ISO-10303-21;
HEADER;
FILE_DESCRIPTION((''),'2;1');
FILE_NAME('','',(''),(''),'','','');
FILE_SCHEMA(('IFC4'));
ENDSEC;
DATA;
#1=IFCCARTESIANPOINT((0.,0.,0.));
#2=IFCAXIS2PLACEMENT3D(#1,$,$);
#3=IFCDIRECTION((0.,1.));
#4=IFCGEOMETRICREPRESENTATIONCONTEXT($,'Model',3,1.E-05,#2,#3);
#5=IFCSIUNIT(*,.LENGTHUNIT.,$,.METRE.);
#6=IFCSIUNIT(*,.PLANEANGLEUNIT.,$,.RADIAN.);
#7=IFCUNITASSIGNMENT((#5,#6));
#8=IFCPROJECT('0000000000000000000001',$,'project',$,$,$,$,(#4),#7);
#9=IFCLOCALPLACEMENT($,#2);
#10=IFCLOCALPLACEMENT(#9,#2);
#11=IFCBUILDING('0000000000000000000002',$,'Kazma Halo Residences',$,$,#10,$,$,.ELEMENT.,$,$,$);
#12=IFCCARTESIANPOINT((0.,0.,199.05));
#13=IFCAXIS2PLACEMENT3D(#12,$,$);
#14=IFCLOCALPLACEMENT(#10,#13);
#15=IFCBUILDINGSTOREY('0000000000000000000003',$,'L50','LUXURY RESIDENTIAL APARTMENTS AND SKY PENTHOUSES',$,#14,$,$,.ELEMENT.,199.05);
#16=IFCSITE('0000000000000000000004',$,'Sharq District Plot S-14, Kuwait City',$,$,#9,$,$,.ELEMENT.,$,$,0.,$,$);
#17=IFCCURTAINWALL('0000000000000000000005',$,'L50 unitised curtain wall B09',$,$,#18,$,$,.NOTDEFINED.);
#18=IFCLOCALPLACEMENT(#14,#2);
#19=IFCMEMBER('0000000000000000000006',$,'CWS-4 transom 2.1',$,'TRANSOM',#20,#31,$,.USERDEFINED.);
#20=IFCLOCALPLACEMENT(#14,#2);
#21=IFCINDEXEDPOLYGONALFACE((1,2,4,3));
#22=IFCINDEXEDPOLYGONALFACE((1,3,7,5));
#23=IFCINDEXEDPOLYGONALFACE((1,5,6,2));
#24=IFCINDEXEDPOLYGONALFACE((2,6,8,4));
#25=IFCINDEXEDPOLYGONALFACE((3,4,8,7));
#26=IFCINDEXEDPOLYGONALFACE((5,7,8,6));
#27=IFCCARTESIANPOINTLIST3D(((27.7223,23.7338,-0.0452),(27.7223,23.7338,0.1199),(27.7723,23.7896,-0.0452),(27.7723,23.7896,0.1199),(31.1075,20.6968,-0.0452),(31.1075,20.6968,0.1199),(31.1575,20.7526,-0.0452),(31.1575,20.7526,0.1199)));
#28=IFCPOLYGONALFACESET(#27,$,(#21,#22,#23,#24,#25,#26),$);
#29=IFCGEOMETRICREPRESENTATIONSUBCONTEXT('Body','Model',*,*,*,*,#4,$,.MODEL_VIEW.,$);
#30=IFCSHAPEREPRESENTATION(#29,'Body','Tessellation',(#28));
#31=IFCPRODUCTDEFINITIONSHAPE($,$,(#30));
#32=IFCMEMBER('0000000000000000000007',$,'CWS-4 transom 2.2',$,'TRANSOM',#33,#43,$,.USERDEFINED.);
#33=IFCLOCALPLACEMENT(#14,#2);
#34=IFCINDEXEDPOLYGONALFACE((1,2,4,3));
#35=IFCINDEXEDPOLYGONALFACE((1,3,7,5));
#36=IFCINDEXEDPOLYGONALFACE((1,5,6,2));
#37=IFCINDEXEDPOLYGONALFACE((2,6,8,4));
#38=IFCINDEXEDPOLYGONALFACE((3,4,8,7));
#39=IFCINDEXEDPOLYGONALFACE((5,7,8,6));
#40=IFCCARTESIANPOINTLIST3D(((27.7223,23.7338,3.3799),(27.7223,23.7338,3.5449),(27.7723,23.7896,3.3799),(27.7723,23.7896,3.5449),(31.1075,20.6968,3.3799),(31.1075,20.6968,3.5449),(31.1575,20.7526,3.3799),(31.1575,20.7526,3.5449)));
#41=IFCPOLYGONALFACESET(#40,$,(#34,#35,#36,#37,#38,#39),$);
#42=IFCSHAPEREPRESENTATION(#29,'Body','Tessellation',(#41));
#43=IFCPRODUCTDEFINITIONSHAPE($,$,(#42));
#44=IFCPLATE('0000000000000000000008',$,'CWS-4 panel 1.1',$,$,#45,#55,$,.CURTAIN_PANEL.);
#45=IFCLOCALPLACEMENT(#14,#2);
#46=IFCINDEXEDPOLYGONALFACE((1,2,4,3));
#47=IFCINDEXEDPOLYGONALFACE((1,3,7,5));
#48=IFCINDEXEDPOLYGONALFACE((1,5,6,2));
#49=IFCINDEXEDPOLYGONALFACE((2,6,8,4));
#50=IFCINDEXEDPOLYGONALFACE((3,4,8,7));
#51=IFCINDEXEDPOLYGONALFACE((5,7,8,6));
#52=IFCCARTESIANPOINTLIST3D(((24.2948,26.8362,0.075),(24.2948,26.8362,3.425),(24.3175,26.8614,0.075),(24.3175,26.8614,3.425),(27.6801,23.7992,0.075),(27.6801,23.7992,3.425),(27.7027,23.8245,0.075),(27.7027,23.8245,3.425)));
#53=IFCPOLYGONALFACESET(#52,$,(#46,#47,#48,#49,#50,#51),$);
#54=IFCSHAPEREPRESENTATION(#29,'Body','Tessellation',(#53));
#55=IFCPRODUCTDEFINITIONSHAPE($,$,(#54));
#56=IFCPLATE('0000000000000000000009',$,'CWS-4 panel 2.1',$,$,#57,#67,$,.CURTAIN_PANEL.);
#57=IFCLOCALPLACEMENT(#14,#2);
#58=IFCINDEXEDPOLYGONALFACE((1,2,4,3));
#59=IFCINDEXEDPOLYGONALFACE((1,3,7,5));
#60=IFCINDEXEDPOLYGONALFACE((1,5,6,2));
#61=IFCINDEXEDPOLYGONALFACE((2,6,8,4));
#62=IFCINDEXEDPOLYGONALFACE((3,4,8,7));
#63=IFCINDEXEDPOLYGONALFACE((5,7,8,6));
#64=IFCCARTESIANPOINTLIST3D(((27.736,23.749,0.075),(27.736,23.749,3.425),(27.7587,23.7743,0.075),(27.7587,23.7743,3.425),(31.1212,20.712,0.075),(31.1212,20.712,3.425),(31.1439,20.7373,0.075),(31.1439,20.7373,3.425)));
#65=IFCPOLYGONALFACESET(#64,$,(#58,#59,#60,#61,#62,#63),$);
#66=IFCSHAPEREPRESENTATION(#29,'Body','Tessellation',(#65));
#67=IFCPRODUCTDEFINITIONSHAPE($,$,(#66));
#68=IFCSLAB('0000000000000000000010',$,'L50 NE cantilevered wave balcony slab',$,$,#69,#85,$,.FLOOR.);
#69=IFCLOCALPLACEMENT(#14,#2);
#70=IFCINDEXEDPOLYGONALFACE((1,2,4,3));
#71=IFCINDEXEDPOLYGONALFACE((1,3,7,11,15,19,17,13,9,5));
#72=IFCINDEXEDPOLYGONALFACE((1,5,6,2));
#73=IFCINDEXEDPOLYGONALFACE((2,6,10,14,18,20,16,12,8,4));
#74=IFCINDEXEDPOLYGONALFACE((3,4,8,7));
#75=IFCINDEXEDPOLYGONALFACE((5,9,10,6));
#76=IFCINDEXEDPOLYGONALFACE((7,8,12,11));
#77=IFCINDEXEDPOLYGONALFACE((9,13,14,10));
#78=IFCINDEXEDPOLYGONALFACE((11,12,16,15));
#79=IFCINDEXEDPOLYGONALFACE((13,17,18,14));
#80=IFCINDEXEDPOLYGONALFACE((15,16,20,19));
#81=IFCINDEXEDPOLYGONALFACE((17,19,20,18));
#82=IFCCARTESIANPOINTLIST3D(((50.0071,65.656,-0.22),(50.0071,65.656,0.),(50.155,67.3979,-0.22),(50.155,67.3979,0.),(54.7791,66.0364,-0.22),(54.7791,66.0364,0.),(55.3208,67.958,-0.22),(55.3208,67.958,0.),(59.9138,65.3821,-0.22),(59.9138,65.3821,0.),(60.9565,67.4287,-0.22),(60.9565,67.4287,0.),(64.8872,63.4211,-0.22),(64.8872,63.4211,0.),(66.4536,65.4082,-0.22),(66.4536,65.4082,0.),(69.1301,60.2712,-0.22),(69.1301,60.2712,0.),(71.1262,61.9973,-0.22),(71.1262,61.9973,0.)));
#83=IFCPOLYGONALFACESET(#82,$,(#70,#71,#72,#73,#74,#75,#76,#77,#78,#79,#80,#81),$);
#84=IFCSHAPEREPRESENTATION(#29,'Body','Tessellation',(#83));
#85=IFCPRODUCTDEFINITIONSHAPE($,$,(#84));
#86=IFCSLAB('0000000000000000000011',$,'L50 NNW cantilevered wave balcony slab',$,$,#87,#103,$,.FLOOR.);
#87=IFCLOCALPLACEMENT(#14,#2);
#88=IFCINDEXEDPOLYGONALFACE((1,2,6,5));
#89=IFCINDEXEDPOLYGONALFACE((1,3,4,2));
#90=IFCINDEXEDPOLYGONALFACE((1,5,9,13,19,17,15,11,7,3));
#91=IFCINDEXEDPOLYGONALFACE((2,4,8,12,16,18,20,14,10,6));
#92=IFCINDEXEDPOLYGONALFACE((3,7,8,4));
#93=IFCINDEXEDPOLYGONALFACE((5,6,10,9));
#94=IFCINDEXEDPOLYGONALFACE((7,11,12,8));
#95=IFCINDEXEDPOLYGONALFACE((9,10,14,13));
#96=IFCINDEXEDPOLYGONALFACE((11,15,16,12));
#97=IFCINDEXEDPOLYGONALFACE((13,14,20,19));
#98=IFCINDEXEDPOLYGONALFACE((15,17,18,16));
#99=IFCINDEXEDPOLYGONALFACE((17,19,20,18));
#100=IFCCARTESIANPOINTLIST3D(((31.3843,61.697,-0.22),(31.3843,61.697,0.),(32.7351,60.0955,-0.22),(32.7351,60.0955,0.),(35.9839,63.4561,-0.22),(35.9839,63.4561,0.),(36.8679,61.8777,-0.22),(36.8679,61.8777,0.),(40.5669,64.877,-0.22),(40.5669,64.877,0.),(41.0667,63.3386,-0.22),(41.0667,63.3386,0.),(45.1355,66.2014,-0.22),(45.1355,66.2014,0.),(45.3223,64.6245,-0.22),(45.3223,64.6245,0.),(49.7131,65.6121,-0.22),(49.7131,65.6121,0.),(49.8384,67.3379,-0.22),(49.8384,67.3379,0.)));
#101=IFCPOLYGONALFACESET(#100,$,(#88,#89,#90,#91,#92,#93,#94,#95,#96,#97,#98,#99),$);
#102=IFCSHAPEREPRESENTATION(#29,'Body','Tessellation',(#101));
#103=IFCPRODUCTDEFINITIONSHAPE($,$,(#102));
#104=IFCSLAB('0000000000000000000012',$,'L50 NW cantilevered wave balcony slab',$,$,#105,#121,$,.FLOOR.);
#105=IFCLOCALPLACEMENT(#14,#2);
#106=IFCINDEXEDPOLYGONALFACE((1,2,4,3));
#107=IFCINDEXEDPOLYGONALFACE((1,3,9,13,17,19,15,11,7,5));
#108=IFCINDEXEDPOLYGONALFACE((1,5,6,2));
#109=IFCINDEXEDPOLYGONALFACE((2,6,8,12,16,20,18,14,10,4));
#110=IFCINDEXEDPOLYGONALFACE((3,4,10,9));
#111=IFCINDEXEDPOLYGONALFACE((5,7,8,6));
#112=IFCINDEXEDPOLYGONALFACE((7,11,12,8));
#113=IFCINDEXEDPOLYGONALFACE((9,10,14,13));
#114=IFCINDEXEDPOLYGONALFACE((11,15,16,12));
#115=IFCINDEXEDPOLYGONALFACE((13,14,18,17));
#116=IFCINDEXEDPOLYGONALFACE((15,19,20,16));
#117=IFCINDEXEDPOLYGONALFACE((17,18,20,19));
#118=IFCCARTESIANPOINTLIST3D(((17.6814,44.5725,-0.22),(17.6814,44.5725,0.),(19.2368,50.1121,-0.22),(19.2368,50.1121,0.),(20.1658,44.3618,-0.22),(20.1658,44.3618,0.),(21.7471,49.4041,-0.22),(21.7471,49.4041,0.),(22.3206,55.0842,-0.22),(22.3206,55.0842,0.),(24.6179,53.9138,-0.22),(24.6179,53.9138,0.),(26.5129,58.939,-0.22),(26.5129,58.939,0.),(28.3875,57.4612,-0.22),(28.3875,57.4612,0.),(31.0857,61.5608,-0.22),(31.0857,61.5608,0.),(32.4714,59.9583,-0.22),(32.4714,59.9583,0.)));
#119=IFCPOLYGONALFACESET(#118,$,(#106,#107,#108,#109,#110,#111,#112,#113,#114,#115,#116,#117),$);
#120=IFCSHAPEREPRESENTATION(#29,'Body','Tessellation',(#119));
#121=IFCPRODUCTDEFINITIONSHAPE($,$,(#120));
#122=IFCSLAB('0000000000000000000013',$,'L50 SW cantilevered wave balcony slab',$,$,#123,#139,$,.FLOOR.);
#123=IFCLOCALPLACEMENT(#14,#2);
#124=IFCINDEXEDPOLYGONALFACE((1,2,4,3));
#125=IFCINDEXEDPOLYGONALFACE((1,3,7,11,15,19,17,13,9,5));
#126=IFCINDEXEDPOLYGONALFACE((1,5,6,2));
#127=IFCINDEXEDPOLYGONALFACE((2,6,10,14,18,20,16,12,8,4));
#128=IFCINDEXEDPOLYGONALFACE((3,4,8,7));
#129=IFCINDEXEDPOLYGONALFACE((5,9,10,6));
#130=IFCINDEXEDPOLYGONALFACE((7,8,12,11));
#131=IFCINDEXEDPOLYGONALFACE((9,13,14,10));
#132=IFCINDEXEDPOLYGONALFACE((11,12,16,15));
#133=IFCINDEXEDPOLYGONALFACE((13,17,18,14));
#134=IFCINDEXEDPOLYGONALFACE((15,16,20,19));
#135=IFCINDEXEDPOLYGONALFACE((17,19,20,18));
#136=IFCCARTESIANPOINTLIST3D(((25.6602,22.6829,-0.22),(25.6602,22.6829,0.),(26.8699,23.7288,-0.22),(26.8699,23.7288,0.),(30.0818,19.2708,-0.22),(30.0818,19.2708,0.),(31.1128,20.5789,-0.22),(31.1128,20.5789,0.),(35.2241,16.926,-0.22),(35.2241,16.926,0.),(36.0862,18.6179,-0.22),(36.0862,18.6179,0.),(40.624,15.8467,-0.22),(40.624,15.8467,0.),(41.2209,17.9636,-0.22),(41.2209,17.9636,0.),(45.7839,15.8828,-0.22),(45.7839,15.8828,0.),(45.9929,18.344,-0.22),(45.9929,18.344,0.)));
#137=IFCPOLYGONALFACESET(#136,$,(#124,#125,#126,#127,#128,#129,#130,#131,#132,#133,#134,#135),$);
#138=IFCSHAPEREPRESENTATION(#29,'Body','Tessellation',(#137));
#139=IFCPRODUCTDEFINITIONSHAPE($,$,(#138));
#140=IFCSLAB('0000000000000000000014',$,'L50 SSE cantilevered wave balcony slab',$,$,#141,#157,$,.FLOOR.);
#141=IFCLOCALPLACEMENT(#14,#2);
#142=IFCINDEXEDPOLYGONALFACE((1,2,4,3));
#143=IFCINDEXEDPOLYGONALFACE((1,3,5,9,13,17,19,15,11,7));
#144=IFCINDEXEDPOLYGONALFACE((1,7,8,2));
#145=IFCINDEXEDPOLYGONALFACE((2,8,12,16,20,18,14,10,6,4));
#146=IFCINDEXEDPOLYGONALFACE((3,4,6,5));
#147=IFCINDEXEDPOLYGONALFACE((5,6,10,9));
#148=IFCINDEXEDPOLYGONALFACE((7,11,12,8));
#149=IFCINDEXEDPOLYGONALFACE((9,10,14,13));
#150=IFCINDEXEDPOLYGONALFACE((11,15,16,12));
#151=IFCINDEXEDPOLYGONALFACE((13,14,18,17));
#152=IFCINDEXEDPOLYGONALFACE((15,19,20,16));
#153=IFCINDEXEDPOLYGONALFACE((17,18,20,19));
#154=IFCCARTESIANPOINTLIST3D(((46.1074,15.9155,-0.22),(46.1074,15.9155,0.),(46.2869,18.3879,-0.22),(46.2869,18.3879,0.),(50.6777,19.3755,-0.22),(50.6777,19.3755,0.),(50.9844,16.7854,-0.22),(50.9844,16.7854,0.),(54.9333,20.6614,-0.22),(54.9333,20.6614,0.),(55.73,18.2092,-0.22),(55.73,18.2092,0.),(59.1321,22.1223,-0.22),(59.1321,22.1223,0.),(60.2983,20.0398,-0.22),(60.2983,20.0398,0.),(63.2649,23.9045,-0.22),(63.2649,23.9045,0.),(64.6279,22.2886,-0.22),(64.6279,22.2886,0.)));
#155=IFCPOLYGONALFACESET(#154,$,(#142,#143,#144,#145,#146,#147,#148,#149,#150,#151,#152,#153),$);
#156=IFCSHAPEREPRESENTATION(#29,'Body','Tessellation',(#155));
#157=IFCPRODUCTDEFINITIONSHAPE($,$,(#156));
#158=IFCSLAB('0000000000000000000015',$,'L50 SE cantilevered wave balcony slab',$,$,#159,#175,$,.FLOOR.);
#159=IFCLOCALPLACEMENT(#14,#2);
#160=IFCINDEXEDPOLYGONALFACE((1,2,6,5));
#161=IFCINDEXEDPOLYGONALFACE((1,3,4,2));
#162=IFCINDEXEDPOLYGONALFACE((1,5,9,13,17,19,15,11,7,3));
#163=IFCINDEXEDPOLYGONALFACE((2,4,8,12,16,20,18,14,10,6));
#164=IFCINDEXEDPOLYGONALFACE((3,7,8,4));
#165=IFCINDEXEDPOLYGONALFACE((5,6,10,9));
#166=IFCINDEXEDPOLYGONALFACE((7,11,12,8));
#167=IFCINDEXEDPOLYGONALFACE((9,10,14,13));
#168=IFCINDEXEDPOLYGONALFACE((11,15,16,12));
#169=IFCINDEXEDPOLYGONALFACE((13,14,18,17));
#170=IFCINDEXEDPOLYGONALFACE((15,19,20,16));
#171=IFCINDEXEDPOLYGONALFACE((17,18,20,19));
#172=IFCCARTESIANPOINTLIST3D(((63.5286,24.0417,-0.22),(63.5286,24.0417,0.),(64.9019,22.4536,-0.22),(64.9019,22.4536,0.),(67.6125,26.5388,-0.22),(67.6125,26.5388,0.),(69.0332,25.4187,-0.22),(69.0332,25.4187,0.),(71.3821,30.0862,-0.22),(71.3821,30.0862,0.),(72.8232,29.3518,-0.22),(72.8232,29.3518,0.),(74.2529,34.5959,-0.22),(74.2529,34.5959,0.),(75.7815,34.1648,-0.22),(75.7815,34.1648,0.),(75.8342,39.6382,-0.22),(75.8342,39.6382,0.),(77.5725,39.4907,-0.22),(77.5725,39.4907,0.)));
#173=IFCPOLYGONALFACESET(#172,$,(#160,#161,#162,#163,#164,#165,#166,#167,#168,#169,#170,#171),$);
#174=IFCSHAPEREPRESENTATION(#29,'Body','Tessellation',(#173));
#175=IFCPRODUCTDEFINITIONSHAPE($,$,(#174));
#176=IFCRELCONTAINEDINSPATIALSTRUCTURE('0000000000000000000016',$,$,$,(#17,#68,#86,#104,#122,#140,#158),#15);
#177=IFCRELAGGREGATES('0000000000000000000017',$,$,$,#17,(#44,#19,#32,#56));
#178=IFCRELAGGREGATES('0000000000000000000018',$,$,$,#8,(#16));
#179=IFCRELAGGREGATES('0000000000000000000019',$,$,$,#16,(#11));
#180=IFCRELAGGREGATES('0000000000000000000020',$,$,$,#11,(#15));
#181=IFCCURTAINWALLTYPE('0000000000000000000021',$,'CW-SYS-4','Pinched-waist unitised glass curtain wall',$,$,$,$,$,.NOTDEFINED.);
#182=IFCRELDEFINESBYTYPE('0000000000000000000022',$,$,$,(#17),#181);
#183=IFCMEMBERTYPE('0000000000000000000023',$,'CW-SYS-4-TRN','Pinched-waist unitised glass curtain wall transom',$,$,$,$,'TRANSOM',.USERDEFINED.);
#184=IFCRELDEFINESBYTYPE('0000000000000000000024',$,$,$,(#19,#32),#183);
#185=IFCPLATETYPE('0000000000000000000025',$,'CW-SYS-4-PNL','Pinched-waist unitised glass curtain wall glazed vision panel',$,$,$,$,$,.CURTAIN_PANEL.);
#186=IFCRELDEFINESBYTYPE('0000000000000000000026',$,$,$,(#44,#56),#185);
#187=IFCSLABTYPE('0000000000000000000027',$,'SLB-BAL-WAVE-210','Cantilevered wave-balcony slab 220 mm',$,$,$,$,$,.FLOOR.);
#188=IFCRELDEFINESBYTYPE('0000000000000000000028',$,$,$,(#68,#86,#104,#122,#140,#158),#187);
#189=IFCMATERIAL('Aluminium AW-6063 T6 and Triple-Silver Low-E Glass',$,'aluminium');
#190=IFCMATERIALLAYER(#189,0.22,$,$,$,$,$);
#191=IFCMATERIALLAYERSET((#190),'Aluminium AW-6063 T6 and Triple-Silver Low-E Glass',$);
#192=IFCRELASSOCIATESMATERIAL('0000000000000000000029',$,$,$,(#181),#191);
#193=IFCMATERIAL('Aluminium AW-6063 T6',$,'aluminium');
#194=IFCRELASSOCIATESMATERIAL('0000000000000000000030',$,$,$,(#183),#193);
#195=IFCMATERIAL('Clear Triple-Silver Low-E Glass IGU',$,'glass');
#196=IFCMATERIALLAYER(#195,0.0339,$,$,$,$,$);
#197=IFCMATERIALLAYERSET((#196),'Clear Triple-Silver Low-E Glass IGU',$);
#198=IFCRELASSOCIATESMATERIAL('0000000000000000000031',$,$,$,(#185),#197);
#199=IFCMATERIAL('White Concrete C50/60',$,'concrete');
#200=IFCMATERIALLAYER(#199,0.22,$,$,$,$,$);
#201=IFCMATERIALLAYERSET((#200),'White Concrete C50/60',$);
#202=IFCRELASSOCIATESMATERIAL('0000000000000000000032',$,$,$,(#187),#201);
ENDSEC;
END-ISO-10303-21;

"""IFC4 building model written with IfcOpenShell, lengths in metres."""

from ifc_helpers import new_model, si_unit, direction, frame, origin, origin_2d, place, context, subcontext, project, spatial, polyline, rectangle, outline, extrude, material, layer, layer_set, material_profile, profile_set, type_object, element, aggregate, save


model = new_model("IFC4")

# Units and contexts
model_context = context("Model", 3, precision=1e-05, world=origin(), true_north=direction((0.0, 1.0)))
body_context = subcontext(model_context, "Body", "Model", "MODEL_VIEW")
ifc_project = project(units=[si_unit("LENGTHUNIT", "METRE"), si_unit("PLANEANGLEUNIT", "RADIAN")], contexts=[model_context])

# Site, building, storey
site_placement = place(None, origin())
site = spatial("IfcSite", under=ifc_project, at=site_placement, Name="Sharq District Plot S-14, Kuwait City", CompositionType="ELEMENT", RefElevation=0.0)
building_placement = place(site_placement, origin())
building = spatial("IfcBuilding", under=site, at=building_placement, Name="Kazma Halo Residences", CompositionType="ELEMENT")
storey_placement = place(building_placement, frame((0.0, 0.0, 199.05)))
storey = spatial("IfcBuildingStorey", under=building, at=storey_placement, Name="L50", Description="LUXURY RESIDENTIAL APARTMENTS AND SKY PENTHOUSES", CompositionType="ELEMENT", Elevation=199.05)

# Curtain wall, members, plates
ifc_material_1 = material(Name="Aluminium AW-6063 T6 and Triple-Silver Low-E Glass", Category="aluminium")
ifc_layer_1 = layer(ifc_material_1, 0.22)
ifc_layer_set_1 = layer_set([ifc_layer_1], Name="Aluminium AW-6063 T6 and Triple-Silver Low-E Glass")
curtain_wall_type = type_object("IfcCurtainWallType", Name="CW-SYS-4", Description="Pinched-waist unitised glass curtain wall", PredefinedType="NOTDEFINED", material=ifc_layer_set_1)
curtain_wall_placement = place(storey_placement, origin())
curtain_wall = element("IfcCurtainWall", 1, at=curtain_wall_placement, inside=storey, type_object=curtain_wall_type, Name="L50 unitised curtain wall B09", PredefinedType="NOTDEFINED")
ifc_material_2 = material(Name="Aluminium AW-6063 T6", Category="aluminium")
ifc_material_profile_1 = material_profile(ifc_material_2, rectangle(XDim=0.075, YDim=0.165, at=origin_2d()), Name="CWT-75x165")
ifc_profile_set_1 = profile_set([ifc_material_profile_1], Name="Aluminium AW-6063 T6")
member_type_1 = type_object("IfcMemberType", Name="CW-SYS-4-TRN", Description="Pinched-waist unitised glass curtain wall transom", ElementType="TRANSOM", PredefinedType="USERDEFINED", material=ifc_profile_set_1)
member_1_placement = place(storey_placement, frame((27.7473, 23.7617, 0.0374), z_axis=(0.744345, -0.667795, 0.0), x_axis=(0.667795, 0.744345, 0.0)))
member_1 = element("IfcMember", 2, at=member_1_placement, type_object=member_type_1, Name="CWS-4 transom 2.1", ObjectType="TRANSOM", PredefinedType="USERDEFINED", context=body_context, shape_type="SweptSolid", body=[
    extrude(rectangle(XDim=0.075, YDim=0.165, at=origin_2d()), origin(), (0.0, 0.0, 1.0), 4.5479),
])
member_2_placement = place(storey_placement, frame((27.7473, 23.7617, 3.4624), z_axis=(0.744345, -0.667795, 0.0), x_axis=(0.667795, 0.744345, 0.0)))
member_2 = element("IfcMember", 3, at=member_2_placement, type_object=member_type_1, Name="CWS-4 transom 2.2", ObjectType="TRANSOM", PredefinedType="USERDEFINED", context=body_context, shape_type="SweptSolid", body=[
    extrude(rectangle(XDim=0.075, YDim=0.165, at=origin_2d()), origin(), (0.0, 0.0, 1.0), 4.5479),
])
ifc_material_3 = material(Name="Clear Triple-Silver Low-E Glass IGU", Category="glass")
ifc_layer_2 = layer(ifc_material_3, 0.0339)
ifc_layer_set_2 = layer_set([ifc_layer_2], Name="Clear Triple-Silver Low-E Glass IGU")
plate_type = type_object("IfcPlateType", Name="CW-SYS-4-PNL", Description="Pinched-waist unitised glass curtain wall glazed vision panel", PredefinedType="CURTAIN_PANEL", material=ifc_layer_set_2)
plate_1_placement = place(storey_placement, frame((25.9988, 25.3303, 0.075), z_axis=(0.0, 0.0, 1.0), x_axis=(0.744355, -0.667784, 0.0)))
plate_1 = element("IfcPlate", 4, at=plate_1_placement, type_object=plate_type, Name="CWS-4 panel 1.1", PredefinedType="CURTAIN_PANEL", context=body_context, shape_type="SweptSolid", body=[
    extrude(rectangle(XDim=4.5479, YDim=0.0339, at=origin_2d()), origin(), (0.0, 0.0, 1.0), 3.3501),
])
plate_2_placement = place(storey_placement, frame((29.4399, 22.2432, 0.075), z_axis=(0.0, 0.0, 1.0), x_axis=(0.744355, -0.667784, 0.0)))
plate_2 = element("IfcPlate", 5, at=plate_2_placement, type_object=plate_type, Name="CWS-4 panel 2.1", PredefinedType="CURTAIN_PANEL", context=body_context, shape_type="SweptSolid", body=[
    extrude(rectangle(XDim=4.5479, YDim=0.0339, at=origin_2d()), origin(), (0.0, 0.0, 1.0), 3.3501),
])
aggregate(curtain_wall, [plate_1, member_1, member_2, plate_2])

# Slabs
ifc_material_4 = material(Name="White Concrete C50/60", Category="concrete")
ifc_layer_3 = layer(ifc_material_4, 0.22)
ifc_layer_set_3 = layer_set([ifc_layer_3], Name="White Concrete C50/60")
slab_type_1 = type_object("IfcSlabType", Name="SLB-BAL-WAVE-210", Description="Cantilevered wave-balcony slab 220 mm", PredefinedType="FLOOR", material=ifc_layer_set_3)
slab_1_placement = place(storey_placement, frame((0.0, 0.0, -0.22)))
element("IfcSlab", 6, at=slab_1_placement, inside=storey, type_object=slab_type_1, Name="L50 NE cantilevered wave balcony slab", PredefinedType="FLOOR", context=body_context, shape_type="SweptSolid", body=[
    extrude(outline(polyline([(69.1301, 60.2712), (64.8872, 63.4211), (59.9138, 65.3821), (54.7791, 66.0364), (50.0071, 65.656), (50.155, 67.3979), (55.3208, 67.958), (60.9565, 67.4287), (66.4536, 65.4082), (71.1262, 61.9973), (69.1301, 60.2712)])), origin(), (0.0, 0.0, 1.0), 0.22),
])
slab_2_placement = place(storey_placement, frame((0.0, 0.0, -0.22)))
element("IfcSlab", 7, at=slab_2_placement, inside=storey, type_object=slab_type_1, Name="L50 NNW cantilevered wave balcony slab", PredefinedType="FLOOR", context=body_context, shape_type="SweptSolid", body=[
    extrude(outline(polyline([(49.7131, 65.6121), (45.3223, 64.6245), (41.0667, 63.3386), (36.8679, 61.8777), (32.7351, 60.0955), (31.3843, 61.697), (35.9839, 63.4561), (40.5669, 64.877), (45.1355, 66.2014), (49.8384, 67.3379), (49.7131, 65.6121)])), origin(), (0.0, 0.0, 1.0), 0.22),
])
slab_3_placement = place(storey_placement, frame((0.0, 0.0, -0.22)))
element("IfcSlab", 8, at=slab_3_placement, inside=storey, type_object=slab_type_1, Name="L50 NW cantilevered wave balcony slab", PredefinedType="FLOOR", context=body_context, shape_type="SweptSolid", body=[
    extrude(outline(polyline([(32.4714, 59.9583), (28.3875, 57.4612), (24.6179, 53.9138), (21.7471, 49.4041), (20.1658, 44.3618), (17.6814, 44.5725), (19.2368, 50.1121), (22.3206, 55.0842), (26.5129, 58.939), (31.0857, 61.5608), (32.4714, 59.9583)])), origin(), (0.0, 0.0, 1.0), 0.22),
])
slab_4_placement = place(storey_placement, frame((0.0, 0.0, -0.22)))
element("IfcSlab", 9, at=slab_4_placement, inside=storey, type_object=slab_type_1, Name="L50 SW cantilevered wave balcony slab", PredefinedType="FLOOR", context=body_context, shape_type="SweptSolid", body=[
    extrude(outline(polyline([(26.8699, 23.7288), (31.1128, 20.5789), (36.0862, 18.6179), (41.2209, 17.9636), (45.9929, 18.344), (45.7839, 15.8828), (40.624, 15.8467), (35.2241, 16.926), (30.0818, 19.2708), (25.6602, 22.6829), (26.8699, 23.7288)])), origin(), (0.0, 0.0, 1.0), 0.22),
])
slab_5_placement = place(storey_placement, frame((0.0, 0.0, -0.22)))
element("IfcSlab", 10, at=slab_5_placement, inside=storey, type_object=slab_type_1, Name="L50 SSE cantilevered wave balcony slab", PredefinedType="FLOOR", context=body_context, shape_type="SweptSolid", body=[
    extrude(outline(polyline([(46.2869, 18.3879), (50.6777, 19.3755), (54.9333, 20.6614), (59.1321, 22.1223), (63.2649, 23.9045), (64.6279, 22.2886), (60.2983, 20.0398), (55.73, 18.2092), (50.9844, 16.7854), (46.1074, 15.9155), (46.2869, 18.3879)])), origin(), (0.0, 0.0, 1.0), 0.22),
])
slab_6_placement = place(storey_placement, frame((0.0, 0.0, -0.22)))
element("IfcSlab", 11, at=slab_6_placement, inside=storey, type_object=slab_type_1, Name="L50 SE cantilevered wave balcony slab", PredefinedType="FLOOR", context=body_context, shape_type="SweptSolid", body=[
    extrude(outline(polyline([(63.5286, 24.0417), (67.6125, 26.5388), (71.3821, 30.0862), (74.2529, 34.5959), (75.8342, 39.6382), (77.5725, 39.4907), (75.7815, 34.1648), (72.8232, 29.3518), (69.0332, 25.4187), (64.9019, 22.4536), (63.5286, 24.0417)])), origin(), (0.0, 0.0, 1.0), 0.22),
])

save(model, "model.ifc")
